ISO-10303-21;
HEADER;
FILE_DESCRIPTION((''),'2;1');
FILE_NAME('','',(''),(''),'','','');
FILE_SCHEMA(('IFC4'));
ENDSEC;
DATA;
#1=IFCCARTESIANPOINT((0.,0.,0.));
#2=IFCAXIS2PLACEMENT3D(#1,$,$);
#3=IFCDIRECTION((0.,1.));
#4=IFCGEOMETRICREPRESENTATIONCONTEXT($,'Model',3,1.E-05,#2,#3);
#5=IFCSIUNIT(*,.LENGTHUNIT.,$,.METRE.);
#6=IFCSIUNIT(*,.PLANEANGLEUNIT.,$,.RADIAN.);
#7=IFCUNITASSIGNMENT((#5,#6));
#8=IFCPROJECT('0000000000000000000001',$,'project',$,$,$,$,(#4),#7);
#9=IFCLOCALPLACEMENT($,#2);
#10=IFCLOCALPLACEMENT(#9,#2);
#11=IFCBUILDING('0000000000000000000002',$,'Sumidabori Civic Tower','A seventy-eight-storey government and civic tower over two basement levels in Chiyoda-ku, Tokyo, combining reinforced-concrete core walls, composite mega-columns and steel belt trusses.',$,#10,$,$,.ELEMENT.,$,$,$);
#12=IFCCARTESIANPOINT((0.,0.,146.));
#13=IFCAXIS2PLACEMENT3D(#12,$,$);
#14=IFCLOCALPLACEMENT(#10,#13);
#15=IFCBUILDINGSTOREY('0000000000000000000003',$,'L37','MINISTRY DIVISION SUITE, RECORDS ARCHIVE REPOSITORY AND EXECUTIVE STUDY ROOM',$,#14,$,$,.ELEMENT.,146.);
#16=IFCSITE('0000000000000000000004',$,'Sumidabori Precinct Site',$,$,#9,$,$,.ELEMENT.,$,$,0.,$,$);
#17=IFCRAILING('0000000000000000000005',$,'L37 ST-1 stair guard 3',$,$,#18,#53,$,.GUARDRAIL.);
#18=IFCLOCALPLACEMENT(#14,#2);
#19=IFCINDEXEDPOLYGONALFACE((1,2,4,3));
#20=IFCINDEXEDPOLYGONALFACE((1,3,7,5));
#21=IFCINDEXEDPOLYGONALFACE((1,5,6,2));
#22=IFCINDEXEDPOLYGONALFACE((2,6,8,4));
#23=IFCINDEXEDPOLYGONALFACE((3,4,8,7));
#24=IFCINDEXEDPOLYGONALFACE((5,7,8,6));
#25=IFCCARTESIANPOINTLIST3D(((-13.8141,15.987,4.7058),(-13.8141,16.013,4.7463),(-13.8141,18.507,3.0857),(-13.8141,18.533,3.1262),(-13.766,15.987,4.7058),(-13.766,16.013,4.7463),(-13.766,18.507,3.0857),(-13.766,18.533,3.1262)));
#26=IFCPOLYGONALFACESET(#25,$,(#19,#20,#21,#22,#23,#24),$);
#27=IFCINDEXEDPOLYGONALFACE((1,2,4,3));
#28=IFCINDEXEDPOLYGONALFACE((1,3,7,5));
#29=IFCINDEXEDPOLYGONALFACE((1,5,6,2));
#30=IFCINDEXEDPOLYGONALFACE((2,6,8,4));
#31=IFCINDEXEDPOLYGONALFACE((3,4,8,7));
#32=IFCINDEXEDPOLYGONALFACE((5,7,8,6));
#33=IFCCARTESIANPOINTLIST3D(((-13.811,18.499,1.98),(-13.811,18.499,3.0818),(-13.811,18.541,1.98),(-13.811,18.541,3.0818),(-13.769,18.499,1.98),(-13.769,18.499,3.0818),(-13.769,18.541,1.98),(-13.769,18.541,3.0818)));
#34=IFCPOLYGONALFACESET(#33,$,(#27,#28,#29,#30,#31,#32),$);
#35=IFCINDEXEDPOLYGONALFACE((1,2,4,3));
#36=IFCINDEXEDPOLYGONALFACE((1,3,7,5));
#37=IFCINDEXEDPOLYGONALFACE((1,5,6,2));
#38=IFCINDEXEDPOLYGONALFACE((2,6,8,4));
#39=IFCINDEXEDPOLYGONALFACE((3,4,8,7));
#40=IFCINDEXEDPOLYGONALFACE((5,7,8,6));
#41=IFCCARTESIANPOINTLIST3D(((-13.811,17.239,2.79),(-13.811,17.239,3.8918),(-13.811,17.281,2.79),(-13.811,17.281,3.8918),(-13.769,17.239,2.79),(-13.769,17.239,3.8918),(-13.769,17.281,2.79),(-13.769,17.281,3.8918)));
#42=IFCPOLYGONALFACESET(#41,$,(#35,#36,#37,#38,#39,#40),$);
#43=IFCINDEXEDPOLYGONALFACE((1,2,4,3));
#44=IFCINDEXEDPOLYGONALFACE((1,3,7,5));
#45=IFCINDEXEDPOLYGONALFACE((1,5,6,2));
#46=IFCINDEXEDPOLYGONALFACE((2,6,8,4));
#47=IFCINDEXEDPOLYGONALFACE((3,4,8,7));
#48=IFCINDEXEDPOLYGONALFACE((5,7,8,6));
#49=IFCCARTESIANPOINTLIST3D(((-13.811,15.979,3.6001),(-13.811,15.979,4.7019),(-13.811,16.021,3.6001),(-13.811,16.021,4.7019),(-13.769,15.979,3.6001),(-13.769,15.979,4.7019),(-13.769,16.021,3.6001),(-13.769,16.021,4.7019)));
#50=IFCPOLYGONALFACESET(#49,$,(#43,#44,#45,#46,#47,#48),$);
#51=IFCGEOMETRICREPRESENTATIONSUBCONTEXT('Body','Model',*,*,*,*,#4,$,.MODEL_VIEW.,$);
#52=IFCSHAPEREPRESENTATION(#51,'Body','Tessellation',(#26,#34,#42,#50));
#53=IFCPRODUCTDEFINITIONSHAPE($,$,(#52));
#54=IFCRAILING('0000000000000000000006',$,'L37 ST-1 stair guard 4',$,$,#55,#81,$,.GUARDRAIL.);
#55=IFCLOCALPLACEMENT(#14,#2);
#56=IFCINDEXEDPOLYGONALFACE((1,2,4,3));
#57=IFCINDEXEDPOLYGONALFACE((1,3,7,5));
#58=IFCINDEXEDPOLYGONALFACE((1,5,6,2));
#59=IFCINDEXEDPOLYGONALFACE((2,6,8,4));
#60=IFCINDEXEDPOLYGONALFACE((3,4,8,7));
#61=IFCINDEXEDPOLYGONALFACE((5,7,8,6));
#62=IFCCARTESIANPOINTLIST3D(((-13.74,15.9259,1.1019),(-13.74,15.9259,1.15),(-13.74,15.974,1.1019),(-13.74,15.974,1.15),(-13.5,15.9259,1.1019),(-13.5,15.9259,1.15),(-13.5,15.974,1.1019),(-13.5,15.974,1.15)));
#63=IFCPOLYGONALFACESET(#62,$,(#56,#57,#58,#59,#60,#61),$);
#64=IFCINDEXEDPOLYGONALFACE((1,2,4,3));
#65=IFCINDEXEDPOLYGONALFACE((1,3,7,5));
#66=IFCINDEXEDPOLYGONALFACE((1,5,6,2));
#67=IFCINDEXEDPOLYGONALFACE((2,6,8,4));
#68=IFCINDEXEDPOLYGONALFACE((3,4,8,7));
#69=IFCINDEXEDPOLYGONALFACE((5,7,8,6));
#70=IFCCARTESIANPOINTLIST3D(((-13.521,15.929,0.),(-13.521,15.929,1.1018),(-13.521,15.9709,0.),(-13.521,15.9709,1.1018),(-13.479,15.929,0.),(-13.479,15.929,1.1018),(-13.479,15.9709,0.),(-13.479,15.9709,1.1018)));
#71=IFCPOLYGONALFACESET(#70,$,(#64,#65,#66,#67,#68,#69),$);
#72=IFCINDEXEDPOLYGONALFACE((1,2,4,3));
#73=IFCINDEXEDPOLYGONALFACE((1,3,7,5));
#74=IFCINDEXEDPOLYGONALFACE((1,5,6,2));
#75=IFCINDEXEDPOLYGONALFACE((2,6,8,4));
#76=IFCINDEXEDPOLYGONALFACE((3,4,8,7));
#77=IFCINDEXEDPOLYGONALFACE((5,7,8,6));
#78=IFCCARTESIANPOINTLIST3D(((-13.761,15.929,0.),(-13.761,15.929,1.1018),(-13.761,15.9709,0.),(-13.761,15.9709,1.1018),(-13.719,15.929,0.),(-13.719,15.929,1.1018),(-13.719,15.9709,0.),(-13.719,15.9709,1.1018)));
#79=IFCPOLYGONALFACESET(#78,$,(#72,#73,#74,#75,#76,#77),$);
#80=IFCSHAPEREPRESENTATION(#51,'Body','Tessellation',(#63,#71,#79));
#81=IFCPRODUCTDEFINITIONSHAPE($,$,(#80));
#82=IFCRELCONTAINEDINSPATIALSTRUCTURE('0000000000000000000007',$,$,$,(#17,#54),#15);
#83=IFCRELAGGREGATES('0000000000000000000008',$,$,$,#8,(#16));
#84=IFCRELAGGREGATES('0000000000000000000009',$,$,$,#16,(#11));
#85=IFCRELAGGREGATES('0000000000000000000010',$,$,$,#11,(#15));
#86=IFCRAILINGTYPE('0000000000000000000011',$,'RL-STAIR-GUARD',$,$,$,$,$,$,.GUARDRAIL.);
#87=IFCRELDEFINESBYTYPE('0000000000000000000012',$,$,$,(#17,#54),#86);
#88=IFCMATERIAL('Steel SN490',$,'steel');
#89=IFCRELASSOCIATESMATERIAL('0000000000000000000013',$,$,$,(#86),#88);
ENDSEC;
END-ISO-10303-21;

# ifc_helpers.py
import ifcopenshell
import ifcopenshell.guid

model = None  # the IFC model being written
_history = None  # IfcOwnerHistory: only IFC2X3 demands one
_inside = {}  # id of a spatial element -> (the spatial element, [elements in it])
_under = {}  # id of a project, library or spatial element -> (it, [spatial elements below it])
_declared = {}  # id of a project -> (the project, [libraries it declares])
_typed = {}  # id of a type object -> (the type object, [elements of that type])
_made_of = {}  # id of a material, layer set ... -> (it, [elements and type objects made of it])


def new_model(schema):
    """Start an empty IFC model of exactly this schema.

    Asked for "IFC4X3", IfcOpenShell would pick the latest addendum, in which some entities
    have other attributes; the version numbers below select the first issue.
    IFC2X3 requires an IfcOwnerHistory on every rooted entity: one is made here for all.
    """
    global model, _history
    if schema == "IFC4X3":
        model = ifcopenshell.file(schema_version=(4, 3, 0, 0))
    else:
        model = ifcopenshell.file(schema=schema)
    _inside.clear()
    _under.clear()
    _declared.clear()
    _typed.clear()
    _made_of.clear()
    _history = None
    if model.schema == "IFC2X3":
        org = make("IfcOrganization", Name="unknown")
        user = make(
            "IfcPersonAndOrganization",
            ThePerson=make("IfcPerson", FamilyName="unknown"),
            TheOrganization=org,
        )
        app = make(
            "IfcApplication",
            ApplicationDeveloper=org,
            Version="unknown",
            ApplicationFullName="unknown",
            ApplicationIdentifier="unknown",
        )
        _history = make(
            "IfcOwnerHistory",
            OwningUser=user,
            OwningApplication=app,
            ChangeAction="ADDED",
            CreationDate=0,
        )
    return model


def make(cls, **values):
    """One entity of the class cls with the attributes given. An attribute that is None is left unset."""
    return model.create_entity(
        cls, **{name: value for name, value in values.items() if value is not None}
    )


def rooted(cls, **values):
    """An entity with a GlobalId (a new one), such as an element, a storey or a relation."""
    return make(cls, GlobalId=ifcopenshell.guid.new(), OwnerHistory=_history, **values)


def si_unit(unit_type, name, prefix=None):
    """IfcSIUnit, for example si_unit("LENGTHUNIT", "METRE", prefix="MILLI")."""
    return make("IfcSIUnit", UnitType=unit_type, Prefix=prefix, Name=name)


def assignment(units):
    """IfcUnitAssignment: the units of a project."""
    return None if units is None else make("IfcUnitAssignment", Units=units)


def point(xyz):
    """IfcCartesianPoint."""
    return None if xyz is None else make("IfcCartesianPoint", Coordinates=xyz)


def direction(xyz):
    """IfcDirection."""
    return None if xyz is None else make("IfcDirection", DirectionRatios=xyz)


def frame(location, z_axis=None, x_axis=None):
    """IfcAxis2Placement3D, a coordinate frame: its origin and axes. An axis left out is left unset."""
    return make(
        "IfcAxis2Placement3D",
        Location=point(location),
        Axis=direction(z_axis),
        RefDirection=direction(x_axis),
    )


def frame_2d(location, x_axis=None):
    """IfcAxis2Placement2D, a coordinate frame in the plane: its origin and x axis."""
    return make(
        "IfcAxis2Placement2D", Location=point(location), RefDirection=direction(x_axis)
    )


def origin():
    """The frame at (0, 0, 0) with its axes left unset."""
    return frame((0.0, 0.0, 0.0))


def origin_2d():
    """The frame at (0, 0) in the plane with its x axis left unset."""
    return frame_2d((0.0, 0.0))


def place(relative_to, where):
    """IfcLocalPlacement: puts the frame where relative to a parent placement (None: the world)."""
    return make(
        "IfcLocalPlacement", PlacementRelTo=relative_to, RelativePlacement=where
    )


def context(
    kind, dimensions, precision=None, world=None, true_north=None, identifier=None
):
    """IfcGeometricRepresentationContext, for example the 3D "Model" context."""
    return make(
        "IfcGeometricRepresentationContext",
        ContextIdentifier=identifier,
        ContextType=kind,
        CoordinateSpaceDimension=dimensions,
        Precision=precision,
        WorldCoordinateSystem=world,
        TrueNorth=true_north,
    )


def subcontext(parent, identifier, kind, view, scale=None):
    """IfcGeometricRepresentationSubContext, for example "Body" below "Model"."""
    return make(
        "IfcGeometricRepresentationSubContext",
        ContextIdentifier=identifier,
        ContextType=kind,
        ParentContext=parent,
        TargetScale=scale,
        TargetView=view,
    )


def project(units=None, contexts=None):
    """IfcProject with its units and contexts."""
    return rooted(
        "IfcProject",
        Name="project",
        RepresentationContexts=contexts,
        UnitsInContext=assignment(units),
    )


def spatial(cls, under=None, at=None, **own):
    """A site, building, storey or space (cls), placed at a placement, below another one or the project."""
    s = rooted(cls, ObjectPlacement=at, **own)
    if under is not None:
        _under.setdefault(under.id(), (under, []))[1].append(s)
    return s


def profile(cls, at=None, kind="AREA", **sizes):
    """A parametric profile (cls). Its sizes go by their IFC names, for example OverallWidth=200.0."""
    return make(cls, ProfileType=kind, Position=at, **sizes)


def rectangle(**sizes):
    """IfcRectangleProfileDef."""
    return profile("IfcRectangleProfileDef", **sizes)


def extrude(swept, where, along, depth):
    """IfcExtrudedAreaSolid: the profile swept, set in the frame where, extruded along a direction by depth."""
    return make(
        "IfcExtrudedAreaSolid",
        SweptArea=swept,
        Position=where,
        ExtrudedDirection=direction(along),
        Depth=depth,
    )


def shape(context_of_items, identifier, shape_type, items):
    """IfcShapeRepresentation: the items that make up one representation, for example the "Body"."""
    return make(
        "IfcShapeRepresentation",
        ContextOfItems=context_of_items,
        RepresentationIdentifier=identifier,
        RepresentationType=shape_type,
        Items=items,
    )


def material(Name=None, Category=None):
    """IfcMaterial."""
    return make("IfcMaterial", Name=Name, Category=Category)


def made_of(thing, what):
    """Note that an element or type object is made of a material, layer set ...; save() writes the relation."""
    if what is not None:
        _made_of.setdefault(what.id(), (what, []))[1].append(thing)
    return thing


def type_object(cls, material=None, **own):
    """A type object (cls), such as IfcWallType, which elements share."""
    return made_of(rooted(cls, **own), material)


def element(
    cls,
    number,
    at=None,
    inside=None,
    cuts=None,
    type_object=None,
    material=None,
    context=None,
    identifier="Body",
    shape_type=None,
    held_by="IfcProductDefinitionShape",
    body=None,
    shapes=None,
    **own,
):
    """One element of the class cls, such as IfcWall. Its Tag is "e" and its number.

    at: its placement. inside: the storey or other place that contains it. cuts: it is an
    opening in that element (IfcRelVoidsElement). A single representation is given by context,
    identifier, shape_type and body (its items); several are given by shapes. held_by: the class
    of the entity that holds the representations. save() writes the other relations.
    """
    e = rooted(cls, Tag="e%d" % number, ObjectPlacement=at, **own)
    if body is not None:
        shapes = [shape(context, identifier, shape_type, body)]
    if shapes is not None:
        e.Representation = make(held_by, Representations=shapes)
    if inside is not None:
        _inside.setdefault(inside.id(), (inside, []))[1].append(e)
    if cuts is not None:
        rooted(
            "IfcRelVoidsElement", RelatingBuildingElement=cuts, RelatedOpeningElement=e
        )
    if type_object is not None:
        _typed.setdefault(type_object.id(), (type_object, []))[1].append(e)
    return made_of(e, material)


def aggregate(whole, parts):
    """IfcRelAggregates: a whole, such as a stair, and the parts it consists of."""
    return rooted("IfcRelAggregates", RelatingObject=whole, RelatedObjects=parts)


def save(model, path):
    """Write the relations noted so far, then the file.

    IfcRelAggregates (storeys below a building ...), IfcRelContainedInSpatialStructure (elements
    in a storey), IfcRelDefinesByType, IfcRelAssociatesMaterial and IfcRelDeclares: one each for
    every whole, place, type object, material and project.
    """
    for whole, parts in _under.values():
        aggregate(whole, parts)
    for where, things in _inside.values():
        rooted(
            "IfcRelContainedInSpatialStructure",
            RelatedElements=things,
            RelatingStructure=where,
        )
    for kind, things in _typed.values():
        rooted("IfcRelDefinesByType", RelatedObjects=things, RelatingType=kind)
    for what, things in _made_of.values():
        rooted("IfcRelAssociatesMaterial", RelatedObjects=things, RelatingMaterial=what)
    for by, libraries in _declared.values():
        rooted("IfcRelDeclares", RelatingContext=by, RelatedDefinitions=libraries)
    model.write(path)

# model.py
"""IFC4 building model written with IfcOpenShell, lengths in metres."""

from ifc_helpers import new_model, si_unit, direction, frame, origin, origin_2d, place, context, subcontext, project, spatial, rectangle, extrude, material, type_object, element, save


model = new_model("IFC4")

# Units and contexts
model_context = context("Model", 3, precision=1e-05, world=origin(), true_north=direction((0.0, 1.0)))
body_context = subcontext(model_context, "Body", "Model", "MODEL_VIEW")
ifc_project = project(units=[si_unit("LENGTHUNIT", "METRE"), si_unit("PLANEANGLEUNIT", "RADIAN")], contexts=[model_context])

# Site, building, storey
site_placement = place(None, origin())
site = spatial("IfcSite", under=ifc_project, at=site_placement, Name="Sumidabori Precinct Site", CompositionType="ELEMENT", RefElevation=0.0)
building_placement = place(site_placement, origin())
building = spatial("IfcBuilding", under=site, at=building_placement, Name="Sumidabori Civic Tower", Description="A seventy-eight-storey government and civic tower over two basement levels in Chiyoda-ku, Tokyo, combining reinforced-concrete core walls, composite mega-columns and steel belt trusses.", CompositionType="ELEMENT")
storey_placement = place(building_placement, frame((0.0, 0.0, 146.0)))
storey = spatial("IfcBuildingStorey", under=building, at=storey_placement, Name="L37", Description="MINISTRY DIVISION SUITE, RECORDS ARCHIVE REPOSITORY AND EXECUTIVE STUDY ROOM", CompositionType="ELEMENT", Elevation=146.0)

# Shared definitions
ifc_material_1 = material(Name="Steel SN490", Category="steel")

# Railings
railing_type_1 = type_object("IfcRailingType", Name="RL-STAIR-GUARD", PredefinedType="GUARDRAIL", material=ifc_material_1)
railing_1_placement = place(storey_placement, frame((-13.79, 18.52, 1.98)))
element("IfcRailing", 1, at=railing_1_placement, inside=storey, type_object=railing_type_1, Name="L37 ST-1 stair guard 3", PredefinedType="GUARDRAIL", context=body_context, shape_type="SweptSolid", body=[
    extrude(rectangle(XDim=0.0481, YDim=0.0481, at=origin_2d()), frame((0.0, 0.0, 1.126), z_axis=(0.0, -0.841163, 0.540782), x_axis=(1.0, 0.0, 0.0)), (0.0, 0.0, 1.0), 2.9958),
    extrude(rectangle(XDim=0.042, YDim=0.042, at=origin_2d()), origin(), (0.0, 0.0, 1.0), 1.1018),
    extrude(rectangle(XDim=0.042, YDim=0.042, at=origin_2d()), frame((0.0, -1.26, 0.8101)), (0.0, 0.0, 1.0), 1.1018),
    extrude(rectangle(XDim=0.042, YDim=0.042, at=origin_2d()), frame((0.0, -2.52, 1.6201)), (0.0, 0.0, 1.0), 1.1018),
])
railing_2_placement = place(storey_placement, frame((-13.5, 15.95, 0.0)))
element("IfcRailing", 2, at=railing_2_placement, inside=storey, type_object=railing_type_1, Name="L37 ST-1 stair guard 4", PredefinedType="GUARDRAIL", context=body_context, shape_type="SweptSolid", body=[
    extrude(rectangle(XDim=0.0481, YDim=0.0481, at=origin_2d()), frame((0.0, 0.0, 1.126), z_axis=(-1.0, 0.0, 0.0), x_axis=(0.0, -1.0, 0.0)), (0.0, 0.0, 1.0), 0.24),
    extrude(rectangle(XDim=0.042, YDim=0.042, at=origin_2d()), origin(), (0.0, 0.0, 1.0), 1.1018),
    extrude(rectangle(XDim=0.042, YDim=0.042, at=origin_2d()), frame((-0.24, 0.0, 0.0)), (0.0, 0.0, 1.0), 1.1018),
])

save(model, "model.ifc")
